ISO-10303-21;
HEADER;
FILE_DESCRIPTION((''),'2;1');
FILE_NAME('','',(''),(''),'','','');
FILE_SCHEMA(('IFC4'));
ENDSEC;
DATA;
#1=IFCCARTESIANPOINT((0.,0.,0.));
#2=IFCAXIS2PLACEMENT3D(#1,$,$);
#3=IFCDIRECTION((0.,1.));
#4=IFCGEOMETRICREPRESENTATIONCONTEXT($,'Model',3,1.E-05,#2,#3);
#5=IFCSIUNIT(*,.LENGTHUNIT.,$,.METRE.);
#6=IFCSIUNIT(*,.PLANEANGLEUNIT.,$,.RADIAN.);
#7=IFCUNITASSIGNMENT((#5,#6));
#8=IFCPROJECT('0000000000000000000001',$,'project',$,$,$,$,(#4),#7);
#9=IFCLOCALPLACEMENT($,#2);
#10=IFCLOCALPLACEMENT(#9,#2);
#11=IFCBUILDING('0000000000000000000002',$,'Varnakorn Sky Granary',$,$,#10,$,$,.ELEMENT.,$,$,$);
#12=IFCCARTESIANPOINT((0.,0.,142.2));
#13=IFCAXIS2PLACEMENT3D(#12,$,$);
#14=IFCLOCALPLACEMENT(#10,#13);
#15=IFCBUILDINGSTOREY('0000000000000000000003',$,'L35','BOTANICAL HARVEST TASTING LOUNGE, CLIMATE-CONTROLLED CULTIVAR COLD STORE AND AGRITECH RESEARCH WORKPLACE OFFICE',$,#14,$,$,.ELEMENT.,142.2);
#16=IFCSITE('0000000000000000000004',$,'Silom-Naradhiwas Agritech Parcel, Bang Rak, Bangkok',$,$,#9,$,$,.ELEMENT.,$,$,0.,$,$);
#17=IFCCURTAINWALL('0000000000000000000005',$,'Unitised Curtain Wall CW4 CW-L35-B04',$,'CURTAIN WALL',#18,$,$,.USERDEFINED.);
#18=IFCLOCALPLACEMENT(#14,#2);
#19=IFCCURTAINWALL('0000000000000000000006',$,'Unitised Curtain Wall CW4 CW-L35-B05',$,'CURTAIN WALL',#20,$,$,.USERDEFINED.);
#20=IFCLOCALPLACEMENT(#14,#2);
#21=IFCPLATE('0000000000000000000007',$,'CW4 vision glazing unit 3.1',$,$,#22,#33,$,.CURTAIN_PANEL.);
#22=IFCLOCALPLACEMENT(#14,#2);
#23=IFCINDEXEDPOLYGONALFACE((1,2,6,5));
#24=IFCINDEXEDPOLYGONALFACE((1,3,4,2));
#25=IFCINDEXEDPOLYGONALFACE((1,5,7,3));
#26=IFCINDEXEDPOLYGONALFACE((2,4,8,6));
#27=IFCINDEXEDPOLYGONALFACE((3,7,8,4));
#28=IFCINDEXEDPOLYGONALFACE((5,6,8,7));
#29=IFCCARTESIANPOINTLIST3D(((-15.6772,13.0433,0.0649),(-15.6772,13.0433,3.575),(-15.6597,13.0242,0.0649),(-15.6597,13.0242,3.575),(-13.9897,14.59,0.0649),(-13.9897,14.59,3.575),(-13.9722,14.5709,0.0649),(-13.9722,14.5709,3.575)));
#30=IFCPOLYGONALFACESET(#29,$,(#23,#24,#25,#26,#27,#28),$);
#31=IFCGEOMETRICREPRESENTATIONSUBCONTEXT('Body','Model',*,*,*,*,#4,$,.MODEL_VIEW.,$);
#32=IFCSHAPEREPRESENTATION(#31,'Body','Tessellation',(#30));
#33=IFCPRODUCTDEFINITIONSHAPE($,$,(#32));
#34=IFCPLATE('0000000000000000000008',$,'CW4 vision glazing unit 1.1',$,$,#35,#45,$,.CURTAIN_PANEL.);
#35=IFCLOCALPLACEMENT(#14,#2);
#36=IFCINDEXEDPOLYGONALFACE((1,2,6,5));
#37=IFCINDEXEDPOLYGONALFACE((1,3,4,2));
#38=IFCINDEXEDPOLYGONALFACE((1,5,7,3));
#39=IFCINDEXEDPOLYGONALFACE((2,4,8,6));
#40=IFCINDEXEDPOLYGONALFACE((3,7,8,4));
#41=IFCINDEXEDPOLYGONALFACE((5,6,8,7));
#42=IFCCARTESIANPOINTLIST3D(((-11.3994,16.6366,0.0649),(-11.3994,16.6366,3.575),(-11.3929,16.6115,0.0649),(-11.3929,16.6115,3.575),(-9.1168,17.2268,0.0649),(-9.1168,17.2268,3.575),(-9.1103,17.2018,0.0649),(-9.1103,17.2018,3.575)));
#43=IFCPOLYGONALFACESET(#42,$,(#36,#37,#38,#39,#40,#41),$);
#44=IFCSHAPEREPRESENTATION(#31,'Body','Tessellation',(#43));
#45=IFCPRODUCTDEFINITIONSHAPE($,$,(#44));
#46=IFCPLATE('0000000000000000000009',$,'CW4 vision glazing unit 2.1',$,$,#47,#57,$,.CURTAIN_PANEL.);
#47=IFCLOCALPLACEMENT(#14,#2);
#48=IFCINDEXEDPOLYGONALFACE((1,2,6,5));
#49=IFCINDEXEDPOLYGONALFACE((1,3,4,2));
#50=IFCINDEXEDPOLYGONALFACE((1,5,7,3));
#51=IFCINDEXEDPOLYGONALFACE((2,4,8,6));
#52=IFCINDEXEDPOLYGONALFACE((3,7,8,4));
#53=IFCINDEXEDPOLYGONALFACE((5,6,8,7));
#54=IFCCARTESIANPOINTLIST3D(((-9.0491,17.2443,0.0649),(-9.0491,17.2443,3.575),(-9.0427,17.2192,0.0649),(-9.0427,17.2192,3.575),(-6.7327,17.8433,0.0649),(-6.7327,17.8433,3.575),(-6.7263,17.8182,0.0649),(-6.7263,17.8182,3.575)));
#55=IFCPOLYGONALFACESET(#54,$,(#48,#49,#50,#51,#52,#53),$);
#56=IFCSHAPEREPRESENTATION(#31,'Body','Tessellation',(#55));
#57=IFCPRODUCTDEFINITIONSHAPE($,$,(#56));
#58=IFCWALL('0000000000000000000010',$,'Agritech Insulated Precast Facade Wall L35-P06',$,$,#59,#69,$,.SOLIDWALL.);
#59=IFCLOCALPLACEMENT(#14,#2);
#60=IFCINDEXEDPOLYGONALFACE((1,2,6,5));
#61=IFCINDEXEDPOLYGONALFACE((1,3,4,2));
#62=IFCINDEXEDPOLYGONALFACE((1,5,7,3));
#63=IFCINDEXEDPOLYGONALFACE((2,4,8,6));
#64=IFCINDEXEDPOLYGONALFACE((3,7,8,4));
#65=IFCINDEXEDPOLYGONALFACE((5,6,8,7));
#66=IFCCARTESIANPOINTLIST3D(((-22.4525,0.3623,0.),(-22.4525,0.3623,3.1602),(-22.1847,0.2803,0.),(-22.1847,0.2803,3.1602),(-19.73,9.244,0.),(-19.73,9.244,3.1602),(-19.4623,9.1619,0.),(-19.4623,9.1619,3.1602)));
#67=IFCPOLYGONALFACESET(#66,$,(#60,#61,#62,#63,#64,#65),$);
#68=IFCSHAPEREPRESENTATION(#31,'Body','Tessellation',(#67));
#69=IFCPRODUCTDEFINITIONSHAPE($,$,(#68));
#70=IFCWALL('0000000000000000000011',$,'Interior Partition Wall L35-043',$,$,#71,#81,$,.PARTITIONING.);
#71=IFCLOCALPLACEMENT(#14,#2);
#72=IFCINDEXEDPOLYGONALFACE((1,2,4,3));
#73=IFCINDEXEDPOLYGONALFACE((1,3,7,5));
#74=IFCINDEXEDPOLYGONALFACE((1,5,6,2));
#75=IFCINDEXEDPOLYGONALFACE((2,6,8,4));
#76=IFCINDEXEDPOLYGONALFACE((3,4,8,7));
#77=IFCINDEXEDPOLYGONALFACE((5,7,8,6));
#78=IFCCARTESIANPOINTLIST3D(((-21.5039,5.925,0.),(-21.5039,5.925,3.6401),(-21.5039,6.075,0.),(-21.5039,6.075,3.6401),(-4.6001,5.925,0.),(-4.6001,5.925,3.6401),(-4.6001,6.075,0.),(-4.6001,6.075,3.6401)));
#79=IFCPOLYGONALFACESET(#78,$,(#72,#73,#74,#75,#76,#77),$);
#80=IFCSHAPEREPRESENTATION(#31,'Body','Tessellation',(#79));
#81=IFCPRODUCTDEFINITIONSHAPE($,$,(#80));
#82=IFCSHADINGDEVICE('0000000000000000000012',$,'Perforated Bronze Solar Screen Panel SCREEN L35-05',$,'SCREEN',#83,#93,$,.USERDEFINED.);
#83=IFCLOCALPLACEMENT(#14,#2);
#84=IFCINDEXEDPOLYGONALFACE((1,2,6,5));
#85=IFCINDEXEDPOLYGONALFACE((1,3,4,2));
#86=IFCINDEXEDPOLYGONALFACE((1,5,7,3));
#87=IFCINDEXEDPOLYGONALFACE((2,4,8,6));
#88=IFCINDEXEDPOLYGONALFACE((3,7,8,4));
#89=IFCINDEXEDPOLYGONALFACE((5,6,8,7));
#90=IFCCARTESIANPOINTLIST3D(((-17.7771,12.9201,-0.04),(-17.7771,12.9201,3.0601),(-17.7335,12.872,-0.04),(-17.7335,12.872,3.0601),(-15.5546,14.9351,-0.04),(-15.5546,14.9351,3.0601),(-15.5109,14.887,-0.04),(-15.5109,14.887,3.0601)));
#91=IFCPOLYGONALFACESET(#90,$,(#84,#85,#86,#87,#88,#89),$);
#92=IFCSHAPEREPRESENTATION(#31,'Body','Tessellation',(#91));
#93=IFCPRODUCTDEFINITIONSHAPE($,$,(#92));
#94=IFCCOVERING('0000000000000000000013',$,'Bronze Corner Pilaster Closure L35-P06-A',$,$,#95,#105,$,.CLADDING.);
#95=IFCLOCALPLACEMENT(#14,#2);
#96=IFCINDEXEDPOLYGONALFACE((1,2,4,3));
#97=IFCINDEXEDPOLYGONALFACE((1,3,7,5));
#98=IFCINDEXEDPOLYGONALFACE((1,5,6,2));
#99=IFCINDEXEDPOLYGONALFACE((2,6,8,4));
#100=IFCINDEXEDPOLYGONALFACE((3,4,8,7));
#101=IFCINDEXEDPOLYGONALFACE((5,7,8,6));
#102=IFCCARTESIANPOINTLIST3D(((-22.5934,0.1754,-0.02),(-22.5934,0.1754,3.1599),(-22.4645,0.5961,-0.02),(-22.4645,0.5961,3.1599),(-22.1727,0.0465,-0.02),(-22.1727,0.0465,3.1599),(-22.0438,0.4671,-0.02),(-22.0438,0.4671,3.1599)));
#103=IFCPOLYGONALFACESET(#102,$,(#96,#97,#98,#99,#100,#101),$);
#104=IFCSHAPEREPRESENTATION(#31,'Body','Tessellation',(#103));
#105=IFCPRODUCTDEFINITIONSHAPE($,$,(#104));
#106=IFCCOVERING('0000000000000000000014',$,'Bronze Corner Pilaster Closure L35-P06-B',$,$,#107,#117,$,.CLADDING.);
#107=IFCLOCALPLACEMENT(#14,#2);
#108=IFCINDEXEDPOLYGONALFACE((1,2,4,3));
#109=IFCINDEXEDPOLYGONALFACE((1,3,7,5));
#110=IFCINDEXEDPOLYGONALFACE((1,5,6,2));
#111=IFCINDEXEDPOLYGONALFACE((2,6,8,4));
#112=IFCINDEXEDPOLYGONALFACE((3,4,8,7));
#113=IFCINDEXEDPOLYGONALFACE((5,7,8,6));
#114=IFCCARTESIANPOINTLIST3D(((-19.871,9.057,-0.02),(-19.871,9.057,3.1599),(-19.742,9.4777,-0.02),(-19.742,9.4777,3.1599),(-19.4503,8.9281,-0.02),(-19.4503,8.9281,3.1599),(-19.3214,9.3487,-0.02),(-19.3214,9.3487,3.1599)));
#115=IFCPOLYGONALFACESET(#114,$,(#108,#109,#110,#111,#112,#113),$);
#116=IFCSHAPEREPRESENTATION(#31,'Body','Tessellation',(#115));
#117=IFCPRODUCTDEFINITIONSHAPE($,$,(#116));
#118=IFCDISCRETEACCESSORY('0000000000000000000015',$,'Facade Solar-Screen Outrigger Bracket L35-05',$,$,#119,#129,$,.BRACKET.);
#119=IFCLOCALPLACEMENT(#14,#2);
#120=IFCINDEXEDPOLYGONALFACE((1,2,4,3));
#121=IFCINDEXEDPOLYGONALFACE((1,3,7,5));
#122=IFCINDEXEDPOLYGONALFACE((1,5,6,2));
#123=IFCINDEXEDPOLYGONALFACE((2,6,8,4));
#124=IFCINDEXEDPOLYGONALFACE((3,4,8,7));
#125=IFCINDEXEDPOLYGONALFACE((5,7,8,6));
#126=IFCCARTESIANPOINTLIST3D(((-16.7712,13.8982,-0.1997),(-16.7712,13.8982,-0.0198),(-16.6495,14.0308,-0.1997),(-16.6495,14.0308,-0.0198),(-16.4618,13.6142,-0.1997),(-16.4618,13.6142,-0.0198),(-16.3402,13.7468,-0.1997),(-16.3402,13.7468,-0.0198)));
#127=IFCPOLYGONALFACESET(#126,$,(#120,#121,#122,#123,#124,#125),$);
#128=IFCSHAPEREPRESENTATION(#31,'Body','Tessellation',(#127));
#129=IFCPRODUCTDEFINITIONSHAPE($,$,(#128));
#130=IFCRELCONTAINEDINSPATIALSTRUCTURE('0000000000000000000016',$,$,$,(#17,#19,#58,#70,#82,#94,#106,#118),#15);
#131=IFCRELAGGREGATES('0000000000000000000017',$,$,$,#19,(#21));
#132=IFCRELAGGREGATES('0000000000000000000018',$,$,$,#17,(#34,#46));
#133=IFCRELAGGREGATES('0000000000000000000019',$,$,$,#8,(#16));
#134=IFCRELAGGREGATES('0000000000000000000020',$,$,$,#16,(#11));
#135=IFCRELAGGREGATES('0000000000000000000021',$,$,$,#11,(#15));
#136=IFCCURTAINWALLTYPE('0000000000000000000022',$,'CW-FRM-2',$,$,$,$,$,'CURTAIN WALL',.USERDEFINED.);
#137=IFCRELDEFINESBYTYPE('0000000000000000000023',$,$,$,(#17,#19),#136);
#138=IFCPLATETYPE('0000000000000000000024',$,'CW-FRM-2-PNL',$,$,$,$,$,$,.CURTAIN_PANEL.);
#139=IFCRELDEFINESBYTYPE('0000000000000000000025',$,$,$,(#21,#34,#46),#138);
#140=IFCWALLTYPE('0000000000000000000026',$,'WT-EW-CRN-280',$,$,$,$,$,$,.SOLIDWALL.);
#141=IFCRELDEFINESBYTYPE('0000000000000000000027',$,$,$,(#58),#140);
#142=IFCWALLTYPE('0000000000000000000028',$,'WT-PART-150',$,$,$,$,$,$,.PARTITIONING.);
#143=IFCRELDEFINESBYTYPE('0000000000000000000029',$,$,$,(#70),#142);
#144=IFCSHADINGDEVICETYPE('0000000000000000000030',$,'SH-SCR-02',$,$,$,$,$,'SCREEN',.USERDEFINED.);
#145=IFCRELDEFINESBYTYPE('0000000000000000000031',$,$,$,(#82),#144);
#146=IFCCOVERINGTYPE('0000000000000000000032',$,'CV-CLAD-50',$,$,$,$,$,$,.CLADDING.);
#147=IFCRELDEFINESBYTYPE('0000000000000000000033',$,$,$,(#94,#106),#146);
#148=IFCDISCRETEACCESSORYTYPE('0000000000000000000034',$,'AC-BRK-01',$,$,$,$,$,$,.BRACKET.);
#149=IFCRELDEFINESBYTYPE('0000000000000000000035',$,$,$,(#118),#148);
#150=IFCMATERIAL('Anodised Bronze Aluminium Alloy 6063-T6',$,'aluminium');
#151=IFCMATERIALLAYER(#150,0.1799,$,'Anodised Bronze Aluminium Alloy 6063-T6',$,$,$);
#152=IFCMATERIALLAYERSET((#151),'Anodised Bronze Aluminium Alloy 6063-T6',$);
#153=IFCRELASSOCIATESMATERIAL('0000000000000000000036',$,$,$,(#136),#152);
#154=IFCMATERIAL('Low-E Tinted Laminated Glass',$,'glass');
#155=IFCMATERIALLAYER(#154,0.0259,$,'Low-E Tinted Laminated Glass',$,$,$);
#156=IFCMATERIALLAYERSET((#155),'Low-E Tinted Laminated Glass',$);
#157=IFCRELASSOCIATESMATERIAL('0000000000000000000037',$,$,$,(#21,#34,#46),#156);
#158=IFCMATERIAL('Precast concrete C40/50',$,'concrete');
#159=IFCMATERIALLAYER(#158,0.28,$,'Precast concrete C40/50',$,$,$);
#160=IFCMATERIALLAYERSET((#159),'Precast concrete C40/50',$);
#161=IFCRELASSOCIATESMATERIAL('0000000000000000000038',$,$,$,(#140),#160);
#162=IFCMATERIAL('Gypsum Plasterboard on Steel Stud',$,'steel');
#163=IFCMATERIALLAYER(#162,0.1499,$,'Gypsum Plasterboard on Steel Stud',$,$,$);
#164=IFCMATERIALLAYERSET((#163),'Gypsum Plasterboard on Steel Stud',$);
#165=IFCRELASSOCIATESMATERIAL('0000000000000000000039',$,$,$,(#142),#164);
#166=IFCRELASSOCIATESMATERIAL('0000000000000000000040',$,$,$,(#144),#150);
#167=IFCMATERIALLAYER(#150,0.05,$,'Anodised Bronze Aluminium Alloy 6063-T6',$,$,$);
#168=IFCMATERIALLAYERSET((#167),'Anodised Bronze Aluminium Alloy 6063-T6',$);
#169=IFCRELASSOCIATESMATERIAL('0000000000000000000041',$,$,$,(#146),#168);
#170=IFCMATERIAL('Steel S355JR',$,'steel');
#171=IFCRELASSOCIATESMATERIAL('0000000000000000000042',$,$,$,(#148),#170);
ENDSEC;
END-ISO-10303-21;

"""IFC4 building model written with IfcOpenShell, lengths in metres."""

from ifc_helpers import new_model, si_unit, direction, frame, frame_2d, origin, origin_2d, place, context, subcontext, project, spatial, rectangle, extrude, source, transform, mapped, material, layer, layer_set, type_object, type_shapes, element, aggregate, save


model = new_model("IFC4")

# Units and contexts
model_context = context("Model", 3, precision=1e-05, world=origin(), true_north=direction((0.0, 1.0)))
body_context = subcontext(model_context, "Body", "Model", "MODEL_VIEW")
ifc_project = project(units=[si_unit("LENGTHUNIT", "METRE"), si_unit("PLANEANGLEUNIT", "RADIAN")], contexts=[model_context])

# Site, building, storey
site_placement = place(None, origin())
site = spatial("IfcSite", under=ifc_project, at=site_placement, Name="Silom-Naradhiwas Agritech Parcel, Bang Rak, Bangkok", CompositionType="ELEMENT", RefElevation=0.0)
building_placement = place(site_placement, origin())
building = spatial("IfcBuilding", under=site, at=building_placement, Name="Varnakorn Sky Granary", CompositionType="ELEMENT")
storey_placement = place(building_placement, frame((0.0, 0.0, 142.2)))
storey = spatial("IfcBuildingStorey", under=building, at=storey_placement, Name="L35", Description="BOTANICAL HARVEST TASTING LOUNGE, CLIMATE-CONTROLLED CULTIVAR COLD STORE AND AGRITECH RESEARCH WORKPLACE OFFICE", CompositionType="ELEMENT", Elevation=142.2)

# Shared definitions
ifc_material_1 = material(Name="Steel S355JR", Category="steel")

# Curtain walls
ifc_material_2 = material(Name="Anodised Bronze Aluminium Alloy 6063-T6", Category="aluminium")
ifc_layer_1 = layer(ifc_material_2, 0.1799, Name="Anodised Bronze Aluminium Alloy 6063-T6")
ifc_layer_set_1 = layer_set([ifc_layer_1], Name="Anodised Bronze Aluminium Alloy 6063-T6")
curtain_wall_type = type_object("IfcCurtainWallType", Name="CW-FRM-2", ElementType="CURTAIN WALL", PredefinedType="USERDEFINED", material=ifc_layer_set_1)
curtain_wall_1_placement = place(storey_placement, origin())
curtain_wall_1 = element("IfcCurtainWall", 1, at=curtain_wall_1_placement, inside=storey, type_object=curtain_wall_type, Name="Unitised Curtain Wall CW4 CW-L35-B04", ObjectType="CURTAIN WALL", PredefinedType="USERDEFINED")
curtain_wall_2_placement = place(storey_placement, origin())
curtain_wall_2 = element("IfcCurtainWall", 2, at=curtain_wall_2_placement, inside=storey, type_object=curtain_wall_type, Name="Unitised Curtain Wall CW4 CW-L35-B05", ObjectType="CURTAIN WALL", PredefinedType="USERDEFINED")

# Plates
plate_type = type_object("IfcPlateType", Name="CW-FRM-2-PNL", PredefinedType="CURTAIN_PANEL")
ifc_material_3 = material(Name="Low-E Tinted Laminated Glass", Category="glass")
ifc_layer_2 = layer(ifc_material_3, 0.0259, Name="Low-E Tinted Laminated Glass")
ifc_layer_set_2 = layer_set([ifc_layer_2], Name="Low-E Tinted Laminated Glass")
shared_shape_1 = source(origin(), body_context, "Body", "SweptSolid", [
    extrude(rectangle(XDim=2.2891, YDim=0.0259, at=origin_2d()), origin(), (0.0, 0.0, 1.0), 3.51),
])
plate_1_placement = place(storey_placement, frame((-14.8247, 13.8071, 0.0649), z_axis=(0.0, 0.0, 1.0), x_axis=(0.737191, 0.675685, 0.0)))
plate_1 = element("IfcPlate", 3, at=plate_1_placement, type_object=plate_type, material=ifc_layer_set_2, Name="CW4 vision glazing unit 3.1", PredefinedType="CURTAIN_PANEL", context=body_context, shape_type="MappedRepresentation", body=[
    mapped(shared_shape_1, transform((0.0, 0.0, 0.0), x_axis=(1.0, 0.0, 0.0), y_axis=(0.0, 1.0, 0.0), z_axis=(0.0, 0.0, 1.0), scale=1.0)),
])
aggregate(curtain_wall_2, [plate_1])
shared_shape_2 = source(origin(), body_context, "Body", "SweptSolid", [
    extrude(rectangle(XDim=2.3577, YDim=0.0259, at=origin_2d()), origin(), (0.0, 0.0, 1.0), 3.51),
])
plate_2_placement = place(storey_placement, frame((-10.2549, 16.9192, 0.0649), z_axis=(0.0, 0.0, 1.0), x_axis=(0.968156, 0.250348, 0.0)))
plate_2 = element("IfcPlate", 4, at=plate_2_placement, type_object=plate_type, material=ifc_layer_set_2, Name="CW4 vision glazing unit 1.1", PredefinedType="CURTAIN_PANEL", context=body_context, shape_type="MappedRepresentation", body=[
    mapped(shared_shape_2, transform((0.0, 0.0, 0.0), x_axis=(1.0, 0.0, 0.0), y_axis=(0.0, 1.0, 0.0), z_axis=(0.0, 0.0, 1.0), scale=1.0)),
])
shared_shape_3 = source(origin(), body_context, "Body", "SweptSolid", [
    extrude(rectangle(XDim=2.3926, YDim=0.0259, at=origin_2d()), origin(), (0.0, 0.0, 1.0), 3.51),
])
plate_3_placement = place(storey_placement, frame((-7.8877, 17.5312, 0.0649), z_axis=(0.0, 0.0, 1.0), x_axis=(0.968156, 0.250348, 0.0)))
plate_3 = element("IfcPlate", 5, at=plate_3_placement, type_object=plate_type, material=ifc_layer_set_2, Name="CW4 vision glazing unit 2.1", PredefinedType="CURTAIN_PANEL", context=body_context, shape_type="MappedRepresentation", body=[
    mapped(shared_shape_3, transform((0.0, 0.0, 0.0), x_axis=(1.0, 0.0, 0.0), y_axis=(0.0, 1.0, 0.0), z_axis=(0.0, 0.0, 1.0), scale=1.0)),
])
aggregate(curtain_wall_1, [plate_2, plate_3])

# Walls
ifc_material_4 = material(Name="Precast concrete C40/50", Category="concrete")
ifc_layer_3 = layer(ifc_material_4, 0.28, Name="Precast concrete C40/50")
ifc_layer_set_3 = layer_set([ifc_layer_3], Name="Precast concrete C40/50")
wall_type_1 = type_object("IfcWallType", Name="WT-EW-CRN-280", PredefinedType="SOLIDWALL", material=ifc_layer_set_3)
wall_1_placement = place(storey_placement, frame((-22.3186, 0.3213, 0.0), z_axis=(0.0, 0.0, 1.0), x_axis=(0.293064, 0.956093, 0.0)))
element("IfcWall", 6, at=wall_1_placement, inside=storey, type_object=wall_type_1, Name="Agritech Insulated Precast Facade Wall L35-P06", PredefinedType="SOLIDWALL", context=body_context, shape_type="SweptSolid", body=[
    extrude(rectangle(XDim=9.2896, YDim=0.28, at=frame_2d((4.6448, 0.0))), origin(), (0.0, 0.0, 1.0), 3.1602),
])
ifc_material_5 = material(Name="Gypsum Plasterboard on Steel Stud", Category="steel")
ifc_layer_4 = layer(ifc_material_5, 0.1499, Name="Gypsum Plasterboard on Steel Stud")
ifc_layer_set_4 = layer_set([ifc_layer_4], Name="Gypsum Plasterboard on Steel Stud")
wall_type_2 = type_object("IfcWallType", Name="WT-PART-150", PredefinedType="PARTITIONING", material=ifc_layer_set_4)
wall_2_placement = place(storey_placement, frame((-21.5039, 6.0, 0.0), z_axis=(0.0, 0.0, 1.0), x_axis=(1.0, 0.0, 0.0)))
element("IfcWall", 7, at=wall_2_placement, inside=storey, type_object=wall_type_2, Name="Interior Partition Wall L35-043", PredefinedType="PARTITIONING", context=body_context, shape_type="SweptSolid", body=[
    extrude(rectangle(XDim=16.9038, YDim=0.1499, at=frame_2d((8.4519, 0.0))), origin(), (0.0, 0.0, 1.0), 3.6401),
])

# Shading device
shading_device_type = type_object("IfcShadingDeviceType", Name="SH-SCR-02", ElementType="SCREEN", PredefinedType="USERDEFINED", material=ifc_material_2)
shared_shape_4 = source(origin(), body_context, "Body", "SweptSolid", [
    extrude(rectangle(XDim=3.0, YDim=0.0649, at=origin_2d()), origin(), (0.0, 0.0, 1.0), 3.1001),
])
type_shapes(shading_device_type, [shared_shape_4])
shading_device_placement = place(storey_placement, frame((-16.644, 13.9036, -0.04), z_axis=(0.0, 0.0, 1.0), x_axis=(-0.740857, -0.671663, 0.0)))
element("IfcShadingDevice", 8, at=shading_device_placement, inside=storey, type_object=shading_device_type, Name="Perforated Bronze Solar Screen Panel SCREEN L35-05", ObjectType="SCREEN", PredefinedType="USERDEFINED", context=body_context, shape_type="MappedRepresentation", body=[
    mapped(shared_shape_4, transform((0.0, 0.0, 0.0), x_axis=(1.0, 0.0, 0.0), y_axis=(0.0, 1.0, 0.0), z_axis=(0.0, 0.0, 1.0), scale=1.0)),
])

# Coverings
ifc_layer_5 = layer(ifc_material_2, 0.05, Name="Anodised Bronze Aluminium Alloy 6063-T6")
ifc_layer_set_5 = layer_set([ifc_layer_5], Name="Anodised Bronze Aluminium Alloy 6063-T6")
covering_type = type_object("IfcCoveringType", Name="CV-CLAD-50", PredefinedType="CLADDING", material=ifc_layer_set_5)
shared_shape_5 = source(origin(), body_context, "Body", "SweptSolid", [
    extrude(rectangle(XDim=0.4399, YDim=0.4399, at=origin_2d()), origin(), (0.0, 0.0, 1.0), 3.1799),
])
type_shapes(covering_type, [shared_shape_5])
for number, where, z_axis, x_axis, name in (
    (9, (-22.3186, 0.3213, -0.02), (0.0, 0.0, 1.0), (0.293039, 0.9561, 0.0), "Bronze Corner Pilaster Closure L35-P06-A"),
    (10, (-19.5962, 9.2029, -0.02), (0.0, 0.0, 1.0), (0.293039, 0.9561, 0.0), "Bronze Corner Pilaster Closure L35-P06-B"),
):
    element("IfcCovering", number, at=place(storey_placement, frame(where, z_axis=z_axis, x_axis=x_axis)), inside=storey, type_object=covering_type, Name=name, PredefinedType="CLADDING", context=body_context, shape_type="MappedRepresentation", body=[
        mapped(shared_shape_5, transform((0.0, 0.0, 0.0), x_axis=(1.0, 0.0, 0.0), y_axis=(0.0, 1.0, 0.0), z_axis=(0.0, 0.0, 1.0), scale=1.0)),
    ])

# Discrete accessory
discrete_accessory_type = type_object("IfcDiscreteAccessoryType", Name="AC-BRK-01", PredefinedType="BRACKET", material=ifc_material_1)
shared_shape_6 = source(origin(), body_context, "Body", "SweptSolid", [
    extrude(rectangle(XDim=0.1799, YDim=0.4199, at=origin_2d()), origin(), (0.0, 0.0, 1.0), 0.1799),
])
type_shapes(discrete_accessory_type, [shared_shape_6])
discrete_accessory_placement = place(storey_placement, frame((-16.5557, 13.8225, -0.1997), z_axis=(0.0, 0.0, 1.0), x_axis=(-0.676291, -0.736635, 0.0)))
element("IfcDiscreteAccessory", 11, at=discrete_accessory_placement, inside=storey, type_object=discrete_accessory_type, Name="Facade Solar-Screen Outrigger Bracket L35-05", PredefinedType="BRACKET", context=body_context, shape_type="MappedRepresentation", body=[
    mapped(shared_shape_6, transform((0.0, 0.0, 0.0), x_axis=(1.0, 0.0, 0.0), y_axis=(0.0, 1.0, 0.0), z_axis=(0.0, 0.0, 1.0), scale=1.0)),
])

save(model, "model.ifc")
